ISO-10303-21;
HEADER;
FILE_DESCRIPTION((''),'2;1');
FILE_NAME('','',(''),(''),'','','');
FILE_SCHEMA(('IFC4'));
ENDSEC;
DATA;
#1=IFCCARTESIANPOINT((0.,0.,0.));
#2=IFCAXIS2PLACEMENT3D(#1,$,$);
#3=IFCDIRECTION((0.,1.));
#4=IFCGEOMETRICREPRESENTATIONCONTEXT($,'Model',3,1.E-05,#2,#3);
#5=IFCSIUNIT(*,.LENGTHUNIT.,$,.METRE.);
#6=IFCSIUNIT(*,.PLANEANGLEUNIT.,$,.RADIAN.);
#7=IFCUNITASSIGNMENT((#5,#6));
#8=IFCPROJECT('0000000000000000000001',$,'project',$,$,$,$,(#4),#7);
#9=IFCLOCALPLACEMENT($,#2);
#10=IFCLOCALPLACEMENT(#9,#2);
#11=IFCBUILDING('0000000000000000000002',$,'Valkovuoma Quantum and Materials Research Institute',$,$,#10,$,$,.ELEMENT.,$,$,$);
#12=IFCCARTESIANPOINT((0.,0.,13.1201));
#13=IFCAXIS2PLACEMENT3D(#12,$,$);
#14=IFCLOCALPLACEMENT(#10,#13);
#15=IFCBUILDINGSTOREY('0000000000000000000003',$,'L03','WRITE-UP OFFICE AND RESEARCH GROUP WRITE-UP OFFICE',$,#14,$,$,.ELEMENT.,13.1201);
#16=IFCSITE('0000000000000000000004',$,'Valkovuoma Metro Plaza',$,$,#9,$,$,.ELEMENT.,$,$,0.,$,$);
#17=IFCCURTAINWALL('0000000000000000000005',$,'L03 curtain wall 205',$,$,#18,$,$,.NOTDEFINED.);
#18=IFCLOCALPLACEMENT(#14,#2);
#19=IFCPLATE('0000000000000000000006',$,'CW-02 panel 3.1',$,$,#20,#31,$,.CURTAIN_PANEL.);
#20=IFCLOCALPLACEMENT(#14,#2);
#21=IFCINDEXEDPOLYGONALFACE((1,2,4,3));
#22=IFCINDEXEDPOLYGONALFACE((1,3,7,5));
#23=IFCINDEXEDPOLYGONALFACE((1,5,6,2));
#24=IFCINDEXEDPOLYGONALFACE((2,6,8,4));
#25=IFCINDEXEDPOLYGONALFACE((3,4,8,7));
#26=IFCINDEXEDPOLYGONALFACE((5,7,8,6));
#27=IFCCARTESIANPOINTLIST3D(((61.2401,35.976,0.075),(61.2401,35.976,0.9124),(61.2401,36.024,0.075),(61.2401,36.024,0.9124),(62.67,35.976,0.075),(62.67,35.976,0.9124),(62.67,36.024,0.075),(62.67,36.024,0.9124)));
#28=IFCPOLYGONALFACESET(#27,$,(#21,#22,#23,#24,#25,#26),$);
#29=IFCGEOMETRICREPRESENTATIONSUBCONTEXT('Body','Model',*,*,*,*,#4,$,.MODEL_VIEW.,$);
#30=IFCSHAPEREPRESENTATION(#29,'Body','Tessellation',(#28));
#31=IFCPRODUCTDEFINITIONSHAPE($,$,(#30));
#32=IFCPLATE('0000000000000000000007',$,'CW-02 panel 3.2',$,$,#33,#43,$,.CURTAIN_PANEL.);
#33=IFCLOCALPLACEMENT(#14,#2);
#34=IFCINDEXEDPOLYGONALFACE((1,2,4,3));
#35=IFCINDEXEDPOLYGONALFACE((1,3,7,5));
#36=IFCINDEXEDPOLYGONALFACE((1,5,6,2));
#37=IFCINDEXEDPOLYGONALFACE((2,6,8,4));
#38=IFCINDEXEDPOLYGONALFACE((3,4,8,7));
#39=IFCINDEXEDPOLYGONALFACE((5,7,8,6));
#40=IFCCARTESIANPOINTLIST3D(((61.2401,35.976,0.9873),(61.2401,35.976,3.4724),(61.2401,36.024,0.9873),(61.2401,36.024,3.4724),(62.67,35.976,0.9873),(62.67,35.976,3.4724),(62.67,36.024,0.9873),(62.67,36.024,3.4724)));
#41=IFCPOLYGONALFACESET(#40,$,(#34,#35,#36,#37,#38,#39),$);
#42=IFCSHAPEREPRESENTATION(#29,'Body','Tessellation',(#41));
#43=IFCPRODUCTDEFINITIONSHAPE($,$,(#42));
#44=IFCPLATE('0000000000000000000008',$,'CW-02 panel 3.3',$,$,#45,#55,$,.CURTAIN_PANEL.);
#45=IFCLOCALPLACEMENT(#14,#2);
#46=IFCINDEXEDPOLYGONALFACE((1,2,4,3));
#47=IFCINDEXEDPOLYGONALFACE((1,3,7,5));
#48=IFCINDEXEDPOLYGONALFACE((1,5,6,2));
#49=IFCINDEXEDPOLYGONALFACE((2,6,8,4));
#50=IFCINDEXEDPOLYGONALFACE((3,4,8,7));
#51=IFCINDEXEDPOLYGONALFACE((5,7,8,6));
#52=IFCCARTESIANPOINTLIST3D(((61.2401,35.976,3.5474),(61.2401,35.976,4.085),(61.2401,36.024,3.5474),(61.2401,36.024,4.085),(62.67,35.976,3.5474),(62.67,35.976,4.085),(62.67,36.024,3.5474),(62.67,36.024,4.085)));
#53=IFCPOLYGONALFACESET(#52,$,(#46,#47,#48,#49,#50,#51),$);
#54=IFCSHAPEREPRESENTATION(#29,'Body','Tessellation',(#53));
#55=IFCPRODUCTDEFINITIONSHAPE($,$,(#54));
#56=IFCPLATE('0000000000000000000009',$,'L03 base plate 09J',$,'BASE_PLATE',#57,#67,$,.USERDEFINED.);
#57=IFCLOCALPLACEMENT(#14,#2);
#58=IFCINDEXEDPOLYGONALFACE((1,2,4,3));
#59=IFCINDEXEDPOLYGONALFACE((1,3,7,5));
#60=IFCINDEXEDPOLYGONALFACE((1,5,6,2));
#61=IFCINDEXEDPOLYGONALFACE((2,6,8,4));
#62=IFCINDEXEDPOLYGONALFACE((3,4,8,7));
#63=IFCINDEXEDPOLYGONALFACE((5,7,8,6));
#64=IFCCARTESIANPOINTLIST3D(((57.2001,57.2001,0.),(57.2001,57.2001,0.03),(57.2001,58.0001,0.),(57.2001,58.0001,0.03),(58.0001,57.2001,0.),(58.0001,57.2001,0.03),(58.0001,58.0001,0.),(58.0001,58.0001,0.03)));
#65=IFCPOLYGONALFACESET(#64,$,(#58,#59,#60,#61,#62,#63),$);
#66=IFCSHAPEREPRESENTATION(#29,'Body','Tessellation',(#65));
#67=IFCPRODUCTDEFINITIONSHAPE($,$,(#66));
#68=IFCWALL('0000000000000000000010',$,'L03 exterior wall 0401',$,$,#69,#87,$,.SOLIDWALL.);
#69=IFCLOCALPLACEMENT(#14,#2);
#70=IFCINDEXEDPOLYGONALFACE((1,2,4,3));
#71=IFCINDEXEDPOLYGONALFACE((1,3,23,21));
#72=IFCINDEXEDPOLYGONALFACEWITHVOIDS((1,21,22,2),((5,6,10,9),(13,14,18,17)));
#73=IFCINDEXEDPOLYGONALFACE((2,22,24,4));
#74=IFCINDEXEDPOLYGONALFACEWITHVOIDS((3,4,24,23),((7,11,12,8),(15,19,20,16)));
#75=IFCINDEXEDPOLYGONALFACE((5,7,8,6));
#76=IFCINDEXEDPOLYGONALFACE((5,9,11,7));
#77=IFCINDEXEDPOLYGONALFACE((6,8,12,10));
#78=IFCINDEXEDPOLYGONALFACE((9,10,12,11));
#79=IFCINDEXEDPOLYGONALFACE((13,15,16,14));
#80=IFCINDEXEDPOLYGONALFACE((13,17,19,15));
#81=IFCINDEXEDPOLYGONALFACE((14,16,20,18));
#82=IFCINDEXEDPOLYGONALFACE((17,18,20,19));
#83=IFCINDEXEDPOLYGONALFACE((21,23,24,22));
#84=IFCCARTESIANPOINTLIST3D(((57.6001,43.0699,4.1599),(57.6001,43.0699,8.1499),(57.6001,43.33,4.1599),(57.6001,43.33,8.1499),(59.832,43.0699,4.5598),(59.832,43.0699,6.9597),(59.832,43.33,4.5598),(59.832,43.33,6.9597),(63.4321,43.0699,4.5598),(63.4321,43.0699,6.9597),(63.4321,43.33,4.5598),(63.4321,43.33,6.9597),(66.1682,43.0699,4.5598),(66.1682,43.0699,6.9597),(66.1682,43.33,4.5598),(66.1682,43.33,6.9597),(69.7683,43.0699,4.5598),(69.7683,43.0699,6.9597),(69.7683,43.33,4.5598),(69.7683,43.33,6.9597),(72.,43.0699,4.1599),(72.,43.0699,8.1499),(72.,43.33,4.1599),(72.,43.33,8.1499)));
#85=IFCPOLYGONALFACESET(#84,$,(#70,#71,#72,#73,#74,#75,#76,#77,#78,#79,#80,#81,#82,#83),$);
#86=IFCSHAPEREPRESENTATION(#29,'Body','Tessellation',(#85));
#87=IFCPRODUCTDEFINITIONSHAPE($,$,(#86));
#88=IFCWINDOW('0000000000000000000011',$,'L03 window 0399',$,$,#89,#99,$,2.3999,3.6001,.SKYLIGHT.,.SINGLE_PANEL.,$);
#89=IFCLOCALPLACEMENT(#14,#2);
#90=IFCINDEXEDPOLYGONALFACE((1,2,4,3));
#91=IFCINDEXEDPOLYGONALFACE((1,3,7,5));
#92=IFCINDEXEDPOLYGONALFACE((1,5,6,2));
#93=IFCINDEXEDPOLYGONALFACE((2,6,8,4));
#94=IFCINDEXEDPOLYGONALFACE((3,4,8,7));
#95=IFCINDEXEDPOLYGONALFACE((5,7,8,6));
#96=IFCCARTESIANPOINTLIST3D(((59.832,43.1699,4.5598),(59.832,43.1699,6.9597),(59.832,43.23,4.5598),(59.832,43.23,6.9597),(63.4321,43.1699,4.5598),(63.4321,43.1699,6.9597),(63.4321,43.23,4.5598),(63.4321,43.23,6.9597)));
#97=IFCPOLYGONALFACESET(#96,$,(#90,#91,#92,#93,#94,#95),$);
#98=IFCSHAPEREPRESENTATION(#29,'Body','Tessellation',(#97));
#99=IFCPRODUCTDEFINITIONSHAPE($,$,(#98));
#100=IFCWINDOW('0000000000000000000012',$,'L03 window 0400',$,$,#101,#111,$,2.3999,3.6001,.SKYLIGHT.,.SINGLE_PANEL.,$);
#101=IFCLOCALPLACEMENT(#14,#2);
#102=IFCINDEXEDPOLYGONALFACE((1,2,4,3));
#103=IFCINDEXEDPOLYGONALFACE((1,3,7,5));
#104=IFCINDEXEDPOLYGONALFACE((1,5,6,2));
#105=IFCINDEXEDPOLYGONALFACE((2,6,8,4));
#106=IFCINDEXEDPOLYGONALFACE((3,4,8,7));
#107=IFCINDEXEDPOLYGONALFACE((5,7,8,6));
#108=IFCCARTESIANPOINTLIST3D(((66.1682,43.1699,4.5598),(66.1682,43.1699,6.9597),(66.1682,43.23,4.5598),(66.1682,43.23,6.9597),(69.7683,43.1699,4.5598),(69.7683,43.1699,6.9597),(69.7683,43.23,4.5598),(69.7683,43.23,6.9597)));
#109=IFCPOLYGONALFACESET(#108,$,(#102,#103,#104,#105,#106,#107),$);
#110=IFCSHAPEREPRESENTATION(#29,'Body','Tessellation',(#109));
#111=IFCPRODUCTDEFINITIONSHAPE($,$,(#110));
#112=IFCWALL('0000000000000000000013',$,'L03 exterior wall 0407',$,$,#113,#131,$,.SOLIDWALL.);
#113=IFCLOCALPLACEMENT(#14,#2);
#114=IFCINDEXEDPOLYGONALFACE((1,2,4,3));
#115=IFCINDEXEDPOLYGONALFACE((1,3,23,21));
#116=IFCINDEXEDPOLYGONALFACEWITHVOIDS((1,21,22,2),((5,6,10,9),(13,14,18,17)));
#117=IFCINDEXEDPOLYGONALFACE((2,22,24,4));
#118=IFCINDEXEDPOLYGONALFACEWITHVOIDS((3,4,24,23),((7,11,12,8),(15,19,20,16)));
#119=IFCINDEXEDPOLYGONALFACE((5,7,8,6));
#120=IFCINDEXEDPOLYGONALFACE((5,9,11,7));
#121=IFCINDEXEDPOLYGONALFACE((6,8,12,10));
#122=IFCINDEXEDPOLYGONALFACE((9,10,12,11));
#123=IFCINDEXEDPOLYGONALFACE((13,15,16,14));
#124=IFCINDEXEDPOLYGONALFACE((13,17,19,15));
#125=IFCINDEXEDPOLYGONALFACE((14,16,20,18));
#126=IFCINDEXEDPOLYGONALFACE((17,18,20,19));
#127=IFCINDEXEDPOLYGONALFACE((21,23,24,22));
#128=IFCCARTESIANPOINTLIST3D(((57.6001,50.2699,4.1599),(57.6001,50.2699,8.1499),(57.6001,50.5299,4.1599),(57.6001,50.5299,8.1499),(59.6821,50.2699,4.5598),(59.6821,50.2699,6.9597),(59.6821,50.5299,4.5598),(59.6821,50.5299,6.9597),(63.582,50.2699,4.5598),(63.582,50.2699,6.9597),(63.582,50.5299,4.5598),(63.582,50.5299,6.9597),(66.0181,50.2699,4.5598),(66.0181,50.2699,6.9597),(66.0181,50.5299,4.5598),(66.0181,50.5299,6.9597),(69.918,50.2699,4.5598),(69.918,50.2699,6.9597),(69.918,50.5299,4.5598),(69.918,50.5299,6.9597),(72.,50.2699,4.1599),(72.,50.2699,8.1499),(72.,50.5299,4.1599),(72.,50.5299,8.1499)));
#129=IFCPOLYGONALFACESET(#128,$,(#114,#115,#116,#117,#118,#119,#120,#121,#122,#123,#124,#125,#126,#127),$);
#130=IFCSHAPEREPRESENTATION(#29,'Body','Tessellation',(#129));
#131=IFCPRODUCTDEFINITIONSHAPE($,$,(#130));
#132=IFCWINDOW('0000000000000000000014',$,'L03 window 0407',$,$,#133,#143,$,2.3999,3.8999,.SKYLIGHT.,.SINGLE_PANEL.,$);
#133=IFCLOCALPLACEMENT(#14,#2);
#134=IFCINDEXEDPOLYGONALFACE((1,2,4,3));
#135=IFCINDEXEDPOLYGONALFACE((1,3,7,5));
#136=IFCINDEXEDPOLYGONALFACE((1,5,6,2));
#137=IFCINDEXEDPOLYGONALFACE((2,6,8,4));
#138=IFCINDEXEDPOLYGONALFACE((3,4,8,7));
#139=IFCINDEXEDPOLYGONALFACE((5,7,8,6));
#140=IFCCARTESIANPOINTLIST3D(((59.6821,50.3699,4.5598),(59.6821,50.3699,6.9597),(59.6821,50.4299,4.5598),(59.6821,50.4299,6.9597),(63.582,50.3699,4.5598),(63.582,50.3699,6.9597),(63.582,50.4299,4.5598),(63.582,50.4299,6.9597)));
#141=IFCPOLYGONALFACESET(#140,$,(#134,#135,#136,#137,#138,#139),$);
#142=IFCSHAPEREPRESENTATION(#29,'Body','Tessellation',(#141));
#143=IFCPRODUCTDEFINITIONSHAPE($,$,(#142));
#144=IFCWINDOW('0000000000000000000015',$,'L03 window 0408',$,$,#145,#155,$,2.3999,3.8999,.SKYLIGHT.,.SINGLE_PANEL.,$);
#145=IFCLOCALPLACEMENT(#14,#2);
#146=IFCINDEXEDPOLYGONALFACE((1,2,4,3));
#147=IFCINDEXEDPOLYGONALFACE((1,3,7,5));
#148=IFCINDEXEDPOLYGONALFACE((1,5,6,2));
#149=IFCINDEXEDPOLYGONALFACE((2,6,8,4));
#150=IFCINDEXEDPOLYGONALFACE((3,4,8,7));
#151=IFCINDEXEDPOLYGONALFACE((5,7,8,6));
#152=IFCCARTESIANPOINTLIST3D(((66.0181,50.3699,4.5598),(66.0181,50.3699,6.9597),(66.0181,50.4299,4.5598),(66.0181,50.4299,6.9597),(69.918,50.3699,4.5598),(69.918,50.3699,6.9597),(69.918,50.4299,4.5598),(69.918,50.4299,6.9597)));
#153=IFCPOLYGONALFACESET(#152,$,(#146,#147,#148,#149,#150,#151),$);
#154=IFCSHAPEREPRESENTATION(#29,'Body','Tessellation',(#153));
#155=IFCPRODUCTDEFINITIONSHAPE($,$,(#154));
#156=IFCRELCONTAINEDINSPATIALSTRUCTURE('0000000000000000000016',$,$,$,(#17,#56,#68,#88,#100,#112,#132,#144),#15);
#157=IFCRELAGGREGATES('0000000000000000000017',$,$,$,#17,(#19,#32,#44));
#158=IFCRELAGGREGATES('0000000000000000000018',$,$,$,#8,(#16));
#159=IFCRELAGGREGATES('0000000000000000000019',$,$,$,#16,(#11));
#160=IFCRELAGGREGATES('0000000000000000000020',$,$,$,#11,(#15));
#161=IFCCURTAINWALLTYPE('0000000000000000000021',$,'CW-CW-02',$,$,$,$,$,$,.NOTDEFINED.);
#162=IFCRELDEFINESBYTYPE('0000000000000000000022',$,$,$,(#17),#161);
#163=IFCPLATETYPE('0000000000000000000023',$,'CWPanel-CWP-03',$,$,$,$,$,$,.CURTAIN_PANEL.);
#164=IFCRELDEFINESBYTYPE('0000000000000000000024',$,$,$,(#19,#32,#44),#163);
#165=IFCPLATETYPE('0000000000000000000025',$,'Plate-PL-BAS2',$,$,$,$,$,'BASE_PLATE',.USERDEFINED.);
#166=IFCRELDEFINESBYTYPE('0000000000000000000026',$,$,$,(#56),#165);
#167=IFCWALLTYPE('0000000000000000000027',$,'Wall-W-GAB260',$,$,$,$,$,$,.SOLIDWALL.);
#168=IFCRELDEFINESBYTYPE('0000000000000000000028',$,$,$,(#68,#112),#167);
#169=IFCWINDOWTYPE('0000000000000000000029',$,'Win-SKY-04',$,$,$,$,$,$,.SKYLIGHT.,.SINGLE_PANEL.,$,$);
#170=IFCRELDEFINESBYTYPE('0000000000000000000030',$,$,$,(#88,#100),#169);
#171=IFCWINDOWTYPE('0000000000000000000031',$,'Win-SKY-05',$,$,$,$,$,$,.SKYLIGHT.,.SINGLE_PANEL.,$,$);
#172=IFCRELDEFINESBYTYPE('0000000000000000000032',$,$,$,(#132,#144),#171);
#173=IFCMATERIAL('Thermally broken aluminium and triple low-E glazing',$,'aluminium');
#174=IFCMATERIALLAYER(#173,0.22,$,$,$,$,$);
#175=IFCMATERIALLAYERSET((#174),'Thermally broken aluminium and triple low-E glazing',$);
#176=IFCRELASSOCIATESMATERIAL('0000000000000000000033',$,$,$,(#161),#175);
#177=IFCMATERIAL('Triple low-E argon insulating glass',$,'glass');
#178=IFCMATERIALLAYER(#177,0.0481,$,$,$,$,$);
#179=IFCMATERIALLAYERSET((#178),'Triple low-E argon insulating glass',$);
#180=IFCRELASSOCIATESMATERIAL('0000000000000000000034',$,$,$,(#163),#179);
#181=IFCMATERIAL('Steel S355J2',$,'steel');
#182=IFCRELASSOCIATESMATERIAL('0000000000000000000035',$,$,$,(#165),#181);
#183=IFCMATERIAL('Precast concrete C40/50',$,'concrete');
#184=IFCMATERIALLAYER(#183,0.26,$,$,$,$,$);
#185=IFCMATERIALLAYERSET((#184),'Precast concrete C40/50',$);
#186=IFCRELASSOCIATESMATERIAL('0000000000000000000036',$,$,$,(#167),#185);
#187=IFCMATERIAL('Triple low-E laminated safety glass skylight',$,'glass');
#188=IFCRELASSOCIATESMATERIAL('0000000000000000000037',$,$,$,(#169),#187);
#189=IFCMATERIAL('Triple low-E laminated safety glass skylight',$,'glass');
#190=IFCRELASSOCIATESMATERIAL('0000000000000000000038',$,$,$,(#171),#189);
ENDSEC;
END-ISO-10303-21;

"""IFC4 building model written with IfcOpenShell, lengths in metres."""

from ifc_helpers import new_model, si_unit, direction, frame, frame_2d, origin, origin_2d, place, context, subcontext, project, spatial, rectangle, extrude, material, layer, layer_set, type_object, element, fill, aggregate, save


model = new_model("IFC4")

# Units and contexts
model_context = context("Model", 3, precision=1e-05, world=origin(), true_north=direction((0.0, 1.0)))
body_context = subcontext(model_context, "Body", "Model", "MODEL_VIEW")
ifc_project = project(units=[si_unit("LENGTHUNIT", "METRE"), si_unit("PLANEANGLEUNIT", "RADIAN")], contexts=[model_context])

# Site, building, storey
site_placement = place(None, origin())
site = spatial("IfcSite", under=ifc_project, at=site_placement, Name="Valkovuoma Metro Plaza", CompositionType="ELEMENT", RefElevation=0.0)
building_placement = place(site_placement, origin())
building = spatial("IfcBuilding", under=site, at=building_placement, Name="Valkovuoma Quantum and Materials Research Institute", CompositionType="ELEMENT")
storey_placement = place(building_placement, frame((0.0, 0.0, 13.1201)))
storey = spatial("IfcBuildingStorey", under=building, at=storey_placement, Name="L03", Description="WRITE-UP OFFICE AND RESEARCH GROUP WRITE-UP OFFICE", CompositionType="ELEMENT", Elevation=13.1201)

# Curtain wall, plates
ifc_material_1 = material(Name="Thermally broken aluminium and triple low-E glazing", Category="aluminium")
ifc_layer_1 = layer(ifc_material_1, 0.22)
ifc_layer_set_1 = layer_set([ifc_layer_1], Name="Thermally broken aluminium and triple low-E glazing")
curtain_wall_type = type_object("IfcCurtainWallType", Name="CW-CW-02", PredefinedType="NOTDEFINED", material=ifc_layer_set_1)
curtain_wall_placement = place(storey_placement, origin())
curtain_wall = element("IfcCurtainWall", 1, at=curtain_wall_placement, inside=storey, type_object=curtain_wall_type, Name="L03 curtain wall 205", PredefinedType="NOTDEFINED")
ifc_material_2 = material(Name="Triple low-E argon insulating glass", Category="glass")
ifc_layer_2 = layer(ifc_material_2, 0.0481)
ifc_layer_set_2 = layer_set([ifc_layer_2], Name="Triple low-E argon insulating glass")
plate_type_1 = type_object("IfcPlateType", Name="CWPanel-CWP-03", PredefinedType="CURTAIN_PANEL", material=ifc_layer_set_2)
plate_1_placement = place(storey_placement, frame((61.9551, 36.0, 0.075), z_axis=(0.0, 0.0, 1.0), x_axis=(1.0, 0.0, 0.0)))
plate_1 = element("IfcPlate", 2, at=plate_1_placement, type_object=plate_type_1, Name="CW-02 panel 3.1", PredefinedType="CURTAIN_PANEL", context=body_context, shape_type="SweptSolid", body=[
    extrude(rectangle(XDim=1.4299, YDim=0.0481, at=origin_2d()), origin(), (0.0, 0.0, 1.0), 0.8374),
])
plate_2_placement = place(storey_placement, frame((61.9551, 36.0, 0.9873), z_axis=(0.0, 0.0, 1.0), x_axis=(1.0, 0.0, 0.0)))
plate_2 = element("IfcPlate", 3, at=plate_2_placement, type_object=plate_type_1, Name="CW-02 panel 3.2", PredefinedType="CURTAIN_PANEL", context=body_context, shape_type="SweptSolid", body=[
    extrude(rectangle(XDim=1.4299, YDim=0.0481, at=origin_2d()), origin(), (0.0, 0.0, 1.0), 2.4851),
])
plate_3_placement = place(storey_placement, frame((61.9551, 36.0, 3.5474), z_axis=(0.0, 0.0, 1.0), x_axis=(1.0, 0.0, 0.0)))
plate_3 = element("IfcPlate", 4, at=plate_3_placement, type_object=plate_type_1, Name="CW-02 panel 3.3", PredefinedType="CURTAIN_PANEL", context=body_context, shape_type="SweptSolid", body=[
    extrude(rectangle(XDim=1.4299, YDim=0.0481, at=origin_2d()), origin(), (0.0, 0.0, 1.0), 0.5376),
])
aggregate(curtain_wall, [plate_1, plate_2, plate_3])

# Plate
ifc_material_3 = material(Name="Steel S355J2", Category="steel")
plate_type_2 = type_object("IfcPlateType", Name="Plate-PL-BAS2", ElementType="BASE_PLATE", PredefinedType="USERDEFINED", material=ifc_material_3)
plate_4_placement = place(storey_placement, frame((57.6001, 57.6001, 0.0), z_axis=(0.0, 0.0, 1.0), x_axis=(1.0, 0.0, 0.0)))
element("IfcPlate", 5, at=plate_4_placement, inside=storey, type_object=plate_type_2, Name="L03 base plate 09J", ObjectType="BASE_PLATE", PredefinedType="USERDEFINED", context=body_context, shape_type="SweptSolid", body=[
    extrude(rectangle(XDim=0.8, YDim=0.8, at=origin_2d()), origin(), (0.0, 0.0, 1.0), 0.03),
])

# Walls, openings, windows
ifc_material_4 = material(Name="Precast concrete C40/50", Category="concrete")
ifc_layer_3 = layer(ifc_material_4, 0.26)
ifc_layer_set_3 = layer_set([ifc_layer_3], Name="Precast concrete C40/50")
wall_type = type_object("IfcWallType", Name="Wall-W-GAB260", PredefinedType="SOLIDWALL", material=ifc_layer_set_3)
wall_1_placement = place(storey_placement, frame((57.6001, 43.2, 4.1599), z_axis=(0.0, 0.0, 1.0), x_axis=(1.0, 0.0, 0.0)))
wall_1 = element("IfcWall", 6, at=wall_1_placement, inside=storey, type_object=wall_type, Name="L03 exterior wall 0401", PredefinedType="SOLIDWALL", context=body_context, shape_type="SweptSolid", body=[
    extrude(rectangle(XDim=14.3999, YDim=0.26, at=frame_2d((7.2, 0.0))), origin(), (0.0, 0.0, 1.0), 3.99),
])
opening_1_placement = place(wall_1_placement, frame((2.2319, 0.0, 0.3999)))
opening_1 = element("IfcOpeningElement", 7, at=opening_1_placement, cuts=wall_1, PredefinedType="OPENING", context=body_context, shape_type="SweptSolid", body=[
    extrude(rectangle(XDim=3.6001, YDim=2.3999, at=frame_2d((1.8, 1.2))), frame((0.0, 0.1401, 0.0), z_axis=(0.0, -1.0, 0.0), x_axis=(1.0, 0.0, 0.0)), (0.0, 0.0, 1.0), 0.28),
])
opening_2_placement = place(wall_1_placement, frame((8.5681, 0.0, 0.3999)))
opening_2 = element("IfcOpeningElement", 8, at=opening_2_placement, cuts=wall_1, PredefinedType="OPENING", context=body_context, shape_type="SweptSolid", body=[
    extrude(rectangle(XDim=3.6001, YDim=2.3999, at=frame_2d((1.8, 1.2))), frame((0.0, 0.1401, 0.0), z_axis=(0.0, -1.0, 0.0), x_axis=(1.0, 0.0, 0.0)), (0.0, 0.0, 1.0), 0.28),
])
ifc_material_5 = material(Name="Triple low-E laminated safety glass skylight", Category="glass")
window_type_1 = type_object("IfcWindowType", Name="Win-SKY-04", PartitioningType="SINGLE_PANEL", PredefinedType="SKYLIGHT", material=ifc_material_5)
window_1_placement = place(opening_1_placement, origin())
window_1 = element("IfcWindow", 9, at=window_1_placement, inside=storey, type_object=window_type_1, Name="L03 window 0399", OverallHeight=2.3999, OverallWidth=3.6001, PartitioningType="SINGLE_PANEL", PredefinedType="SKYLIGHT", context=body_context, shape_type="SweptSolid", body=[
    extrude(rectangle(XDim=3.6001, YDim=2.3999, at=frame_2d((1.8, 1.2))), frame((0.0, 0.03, 0.0), z_axis=(0.0, -1.0, 0.0), x_axis=(1.0, 0.0, 0.0)), (0.0, 0.0, 1.0), 0.0601),
])
fill(opening_1, window_1)
window_2_placement = place(opening_2_placement, origin())
window_2 = element("IfcWindow", 10, at=window_2_placement, inside=storey, type_object=window_type_1, Name="L03 window 0400", OverallHeight=2.3999, OverallWidth=3.6001, PartitioningType="SINGLE_PANEL", PredefinedType="SKYLIGHT", context=body_context, shape_type="SweptSolid", body=[
    extrude(rectangle(XDim=3.6001, YDim=2.3999, at=frame_2d((1.8, 1.2))), frame((0.0, 0.03, 0.0), z_axis=(0.0, -1.0, 0.0), x_axis=(1.0, 0.0, 0.0)), (0.0, 0.0, 1.0), 0.0601),
])
fill(opening_2, window_2)
wall_2_placement = place(storey_placement, frame((57.6001, 50.3999, 4.1599), z_axis=(0.0, 0.0, 1.0), x_axis=(1.0, 0.0, 0.0)))
wall_2 = element("IfcWall", 11, at=wall_2_placement, inside=storey, type_object=wall_type, Name="L03 exterior wall 0407", PredefinedType="SOLIDWALL", context=body_context, shape_type="SweptSolid", body=[
    extrude(rectangle(XDim=14.3999, YDim=0.26, at=frame_2d((7.2, 0.0))), origin(), (0.0, 0.0, 1.0), 3.99),
])
opening_3_placement = place(wall_2_placement, frame((2.082, 0.0, 0.3999)))
opening_3 = element("IfcOpeningElement", 12, at=opening_3_placement, cuts=wall_2, PredefinedType="OPENING", context=body_context, shape_type="SweptSolid", body=[
    extrude(rectangle(XDim=3.8999, YDim=2.3999, at=frame_2d((1.95, 1.2))), frame((0.0, 0.1401, 0.0), z_axis=(0.0, -1.0, 0.0), x_axis=(1.0, 0.0, 0.0)), (0.0, 0.0, 1.0), 0.28),
])
opening_4_placement = place(wall_2_placement, frame((8.418, 0.0, 0.3999)))
opening_4 = element("IfcOpeningElement", 13, at=opening_4_placement, cuts=wall_2, PredefinedType="OPENING", context=body_context, shape_type="SweptSolid", body=[
    extrude(rectangle(XDim=3.8999, YDim=2.3999, at=frame_2d((1.95, 1.2))), frame((0.0, 0.1401, 0.0), z_axis=(0.0, -1.0, 0.0), x_axis=(1.0, 0.0, 0.0)), (0.0, 0.0, 1.0), 0.28),
])
ifc_material_6 = material(Name="Triple low-E laminated safety glass skylight", Category="glass")
window_type_2 = type_object("IfcWindowType", Name="Win-SKY-05", PartitioningType="SINGLE_PANEL", PredefinedType="SKYLIGHT", material=ifc_material_6)
window_3_placement = place(opening_3_placement, origin())
window_3 = element("IfcWindow", 14, at=window_3_placement, inside=storey, type_object=window_type_2, Name="L03 window 0407", OverallHeight=2.3999, OverallWidth=3.8999, PartitioningType="SINGLE_PANEL", PredefinedType="SKYLIGHT", context=body_context, shape_type="SweptSolid", body=[
    extrude(rectangle(XDim=3.8999, YDim=2.3999, at=frame_2d((1.95, 1.2))), frame((0.0, 0.03, 0.0), z_axis=(0.0, -1.0, 0.0), x_axis=(1.0, 0.0, 0.0)), (0.0, 0.0, 1.0), 0.0601),
])
fill(opening_3, window_3)
window_4_placement = place(opening_4_placement, origin())
window_4 = element("IfcWindow", 15, at=window_4_placement, inside=storey, type_object=window_type_2, Name="L03 window 0408", OverallHeight=2.3999, OverallWidth=3.8999, PartitioningType="SINGLE_PANEL", PredefinedType="SKYLIGHT", context=body_context, shape_type="SweptSolid", body=[
    extrude(rectangle(XDim=3.8999, YDim=2.3999, at=frame_2d((1.95, 1.2))), frame((0.0, 0.03, 0.0), z_axis=(0.0, -1.0, 0.0), x_axis=(1.0, 0.0, 0.0)), (0.0, 0.0, 1.0), 0.0601),
])
fill(opening_4, window_4)

save(model, "model.ifc")
